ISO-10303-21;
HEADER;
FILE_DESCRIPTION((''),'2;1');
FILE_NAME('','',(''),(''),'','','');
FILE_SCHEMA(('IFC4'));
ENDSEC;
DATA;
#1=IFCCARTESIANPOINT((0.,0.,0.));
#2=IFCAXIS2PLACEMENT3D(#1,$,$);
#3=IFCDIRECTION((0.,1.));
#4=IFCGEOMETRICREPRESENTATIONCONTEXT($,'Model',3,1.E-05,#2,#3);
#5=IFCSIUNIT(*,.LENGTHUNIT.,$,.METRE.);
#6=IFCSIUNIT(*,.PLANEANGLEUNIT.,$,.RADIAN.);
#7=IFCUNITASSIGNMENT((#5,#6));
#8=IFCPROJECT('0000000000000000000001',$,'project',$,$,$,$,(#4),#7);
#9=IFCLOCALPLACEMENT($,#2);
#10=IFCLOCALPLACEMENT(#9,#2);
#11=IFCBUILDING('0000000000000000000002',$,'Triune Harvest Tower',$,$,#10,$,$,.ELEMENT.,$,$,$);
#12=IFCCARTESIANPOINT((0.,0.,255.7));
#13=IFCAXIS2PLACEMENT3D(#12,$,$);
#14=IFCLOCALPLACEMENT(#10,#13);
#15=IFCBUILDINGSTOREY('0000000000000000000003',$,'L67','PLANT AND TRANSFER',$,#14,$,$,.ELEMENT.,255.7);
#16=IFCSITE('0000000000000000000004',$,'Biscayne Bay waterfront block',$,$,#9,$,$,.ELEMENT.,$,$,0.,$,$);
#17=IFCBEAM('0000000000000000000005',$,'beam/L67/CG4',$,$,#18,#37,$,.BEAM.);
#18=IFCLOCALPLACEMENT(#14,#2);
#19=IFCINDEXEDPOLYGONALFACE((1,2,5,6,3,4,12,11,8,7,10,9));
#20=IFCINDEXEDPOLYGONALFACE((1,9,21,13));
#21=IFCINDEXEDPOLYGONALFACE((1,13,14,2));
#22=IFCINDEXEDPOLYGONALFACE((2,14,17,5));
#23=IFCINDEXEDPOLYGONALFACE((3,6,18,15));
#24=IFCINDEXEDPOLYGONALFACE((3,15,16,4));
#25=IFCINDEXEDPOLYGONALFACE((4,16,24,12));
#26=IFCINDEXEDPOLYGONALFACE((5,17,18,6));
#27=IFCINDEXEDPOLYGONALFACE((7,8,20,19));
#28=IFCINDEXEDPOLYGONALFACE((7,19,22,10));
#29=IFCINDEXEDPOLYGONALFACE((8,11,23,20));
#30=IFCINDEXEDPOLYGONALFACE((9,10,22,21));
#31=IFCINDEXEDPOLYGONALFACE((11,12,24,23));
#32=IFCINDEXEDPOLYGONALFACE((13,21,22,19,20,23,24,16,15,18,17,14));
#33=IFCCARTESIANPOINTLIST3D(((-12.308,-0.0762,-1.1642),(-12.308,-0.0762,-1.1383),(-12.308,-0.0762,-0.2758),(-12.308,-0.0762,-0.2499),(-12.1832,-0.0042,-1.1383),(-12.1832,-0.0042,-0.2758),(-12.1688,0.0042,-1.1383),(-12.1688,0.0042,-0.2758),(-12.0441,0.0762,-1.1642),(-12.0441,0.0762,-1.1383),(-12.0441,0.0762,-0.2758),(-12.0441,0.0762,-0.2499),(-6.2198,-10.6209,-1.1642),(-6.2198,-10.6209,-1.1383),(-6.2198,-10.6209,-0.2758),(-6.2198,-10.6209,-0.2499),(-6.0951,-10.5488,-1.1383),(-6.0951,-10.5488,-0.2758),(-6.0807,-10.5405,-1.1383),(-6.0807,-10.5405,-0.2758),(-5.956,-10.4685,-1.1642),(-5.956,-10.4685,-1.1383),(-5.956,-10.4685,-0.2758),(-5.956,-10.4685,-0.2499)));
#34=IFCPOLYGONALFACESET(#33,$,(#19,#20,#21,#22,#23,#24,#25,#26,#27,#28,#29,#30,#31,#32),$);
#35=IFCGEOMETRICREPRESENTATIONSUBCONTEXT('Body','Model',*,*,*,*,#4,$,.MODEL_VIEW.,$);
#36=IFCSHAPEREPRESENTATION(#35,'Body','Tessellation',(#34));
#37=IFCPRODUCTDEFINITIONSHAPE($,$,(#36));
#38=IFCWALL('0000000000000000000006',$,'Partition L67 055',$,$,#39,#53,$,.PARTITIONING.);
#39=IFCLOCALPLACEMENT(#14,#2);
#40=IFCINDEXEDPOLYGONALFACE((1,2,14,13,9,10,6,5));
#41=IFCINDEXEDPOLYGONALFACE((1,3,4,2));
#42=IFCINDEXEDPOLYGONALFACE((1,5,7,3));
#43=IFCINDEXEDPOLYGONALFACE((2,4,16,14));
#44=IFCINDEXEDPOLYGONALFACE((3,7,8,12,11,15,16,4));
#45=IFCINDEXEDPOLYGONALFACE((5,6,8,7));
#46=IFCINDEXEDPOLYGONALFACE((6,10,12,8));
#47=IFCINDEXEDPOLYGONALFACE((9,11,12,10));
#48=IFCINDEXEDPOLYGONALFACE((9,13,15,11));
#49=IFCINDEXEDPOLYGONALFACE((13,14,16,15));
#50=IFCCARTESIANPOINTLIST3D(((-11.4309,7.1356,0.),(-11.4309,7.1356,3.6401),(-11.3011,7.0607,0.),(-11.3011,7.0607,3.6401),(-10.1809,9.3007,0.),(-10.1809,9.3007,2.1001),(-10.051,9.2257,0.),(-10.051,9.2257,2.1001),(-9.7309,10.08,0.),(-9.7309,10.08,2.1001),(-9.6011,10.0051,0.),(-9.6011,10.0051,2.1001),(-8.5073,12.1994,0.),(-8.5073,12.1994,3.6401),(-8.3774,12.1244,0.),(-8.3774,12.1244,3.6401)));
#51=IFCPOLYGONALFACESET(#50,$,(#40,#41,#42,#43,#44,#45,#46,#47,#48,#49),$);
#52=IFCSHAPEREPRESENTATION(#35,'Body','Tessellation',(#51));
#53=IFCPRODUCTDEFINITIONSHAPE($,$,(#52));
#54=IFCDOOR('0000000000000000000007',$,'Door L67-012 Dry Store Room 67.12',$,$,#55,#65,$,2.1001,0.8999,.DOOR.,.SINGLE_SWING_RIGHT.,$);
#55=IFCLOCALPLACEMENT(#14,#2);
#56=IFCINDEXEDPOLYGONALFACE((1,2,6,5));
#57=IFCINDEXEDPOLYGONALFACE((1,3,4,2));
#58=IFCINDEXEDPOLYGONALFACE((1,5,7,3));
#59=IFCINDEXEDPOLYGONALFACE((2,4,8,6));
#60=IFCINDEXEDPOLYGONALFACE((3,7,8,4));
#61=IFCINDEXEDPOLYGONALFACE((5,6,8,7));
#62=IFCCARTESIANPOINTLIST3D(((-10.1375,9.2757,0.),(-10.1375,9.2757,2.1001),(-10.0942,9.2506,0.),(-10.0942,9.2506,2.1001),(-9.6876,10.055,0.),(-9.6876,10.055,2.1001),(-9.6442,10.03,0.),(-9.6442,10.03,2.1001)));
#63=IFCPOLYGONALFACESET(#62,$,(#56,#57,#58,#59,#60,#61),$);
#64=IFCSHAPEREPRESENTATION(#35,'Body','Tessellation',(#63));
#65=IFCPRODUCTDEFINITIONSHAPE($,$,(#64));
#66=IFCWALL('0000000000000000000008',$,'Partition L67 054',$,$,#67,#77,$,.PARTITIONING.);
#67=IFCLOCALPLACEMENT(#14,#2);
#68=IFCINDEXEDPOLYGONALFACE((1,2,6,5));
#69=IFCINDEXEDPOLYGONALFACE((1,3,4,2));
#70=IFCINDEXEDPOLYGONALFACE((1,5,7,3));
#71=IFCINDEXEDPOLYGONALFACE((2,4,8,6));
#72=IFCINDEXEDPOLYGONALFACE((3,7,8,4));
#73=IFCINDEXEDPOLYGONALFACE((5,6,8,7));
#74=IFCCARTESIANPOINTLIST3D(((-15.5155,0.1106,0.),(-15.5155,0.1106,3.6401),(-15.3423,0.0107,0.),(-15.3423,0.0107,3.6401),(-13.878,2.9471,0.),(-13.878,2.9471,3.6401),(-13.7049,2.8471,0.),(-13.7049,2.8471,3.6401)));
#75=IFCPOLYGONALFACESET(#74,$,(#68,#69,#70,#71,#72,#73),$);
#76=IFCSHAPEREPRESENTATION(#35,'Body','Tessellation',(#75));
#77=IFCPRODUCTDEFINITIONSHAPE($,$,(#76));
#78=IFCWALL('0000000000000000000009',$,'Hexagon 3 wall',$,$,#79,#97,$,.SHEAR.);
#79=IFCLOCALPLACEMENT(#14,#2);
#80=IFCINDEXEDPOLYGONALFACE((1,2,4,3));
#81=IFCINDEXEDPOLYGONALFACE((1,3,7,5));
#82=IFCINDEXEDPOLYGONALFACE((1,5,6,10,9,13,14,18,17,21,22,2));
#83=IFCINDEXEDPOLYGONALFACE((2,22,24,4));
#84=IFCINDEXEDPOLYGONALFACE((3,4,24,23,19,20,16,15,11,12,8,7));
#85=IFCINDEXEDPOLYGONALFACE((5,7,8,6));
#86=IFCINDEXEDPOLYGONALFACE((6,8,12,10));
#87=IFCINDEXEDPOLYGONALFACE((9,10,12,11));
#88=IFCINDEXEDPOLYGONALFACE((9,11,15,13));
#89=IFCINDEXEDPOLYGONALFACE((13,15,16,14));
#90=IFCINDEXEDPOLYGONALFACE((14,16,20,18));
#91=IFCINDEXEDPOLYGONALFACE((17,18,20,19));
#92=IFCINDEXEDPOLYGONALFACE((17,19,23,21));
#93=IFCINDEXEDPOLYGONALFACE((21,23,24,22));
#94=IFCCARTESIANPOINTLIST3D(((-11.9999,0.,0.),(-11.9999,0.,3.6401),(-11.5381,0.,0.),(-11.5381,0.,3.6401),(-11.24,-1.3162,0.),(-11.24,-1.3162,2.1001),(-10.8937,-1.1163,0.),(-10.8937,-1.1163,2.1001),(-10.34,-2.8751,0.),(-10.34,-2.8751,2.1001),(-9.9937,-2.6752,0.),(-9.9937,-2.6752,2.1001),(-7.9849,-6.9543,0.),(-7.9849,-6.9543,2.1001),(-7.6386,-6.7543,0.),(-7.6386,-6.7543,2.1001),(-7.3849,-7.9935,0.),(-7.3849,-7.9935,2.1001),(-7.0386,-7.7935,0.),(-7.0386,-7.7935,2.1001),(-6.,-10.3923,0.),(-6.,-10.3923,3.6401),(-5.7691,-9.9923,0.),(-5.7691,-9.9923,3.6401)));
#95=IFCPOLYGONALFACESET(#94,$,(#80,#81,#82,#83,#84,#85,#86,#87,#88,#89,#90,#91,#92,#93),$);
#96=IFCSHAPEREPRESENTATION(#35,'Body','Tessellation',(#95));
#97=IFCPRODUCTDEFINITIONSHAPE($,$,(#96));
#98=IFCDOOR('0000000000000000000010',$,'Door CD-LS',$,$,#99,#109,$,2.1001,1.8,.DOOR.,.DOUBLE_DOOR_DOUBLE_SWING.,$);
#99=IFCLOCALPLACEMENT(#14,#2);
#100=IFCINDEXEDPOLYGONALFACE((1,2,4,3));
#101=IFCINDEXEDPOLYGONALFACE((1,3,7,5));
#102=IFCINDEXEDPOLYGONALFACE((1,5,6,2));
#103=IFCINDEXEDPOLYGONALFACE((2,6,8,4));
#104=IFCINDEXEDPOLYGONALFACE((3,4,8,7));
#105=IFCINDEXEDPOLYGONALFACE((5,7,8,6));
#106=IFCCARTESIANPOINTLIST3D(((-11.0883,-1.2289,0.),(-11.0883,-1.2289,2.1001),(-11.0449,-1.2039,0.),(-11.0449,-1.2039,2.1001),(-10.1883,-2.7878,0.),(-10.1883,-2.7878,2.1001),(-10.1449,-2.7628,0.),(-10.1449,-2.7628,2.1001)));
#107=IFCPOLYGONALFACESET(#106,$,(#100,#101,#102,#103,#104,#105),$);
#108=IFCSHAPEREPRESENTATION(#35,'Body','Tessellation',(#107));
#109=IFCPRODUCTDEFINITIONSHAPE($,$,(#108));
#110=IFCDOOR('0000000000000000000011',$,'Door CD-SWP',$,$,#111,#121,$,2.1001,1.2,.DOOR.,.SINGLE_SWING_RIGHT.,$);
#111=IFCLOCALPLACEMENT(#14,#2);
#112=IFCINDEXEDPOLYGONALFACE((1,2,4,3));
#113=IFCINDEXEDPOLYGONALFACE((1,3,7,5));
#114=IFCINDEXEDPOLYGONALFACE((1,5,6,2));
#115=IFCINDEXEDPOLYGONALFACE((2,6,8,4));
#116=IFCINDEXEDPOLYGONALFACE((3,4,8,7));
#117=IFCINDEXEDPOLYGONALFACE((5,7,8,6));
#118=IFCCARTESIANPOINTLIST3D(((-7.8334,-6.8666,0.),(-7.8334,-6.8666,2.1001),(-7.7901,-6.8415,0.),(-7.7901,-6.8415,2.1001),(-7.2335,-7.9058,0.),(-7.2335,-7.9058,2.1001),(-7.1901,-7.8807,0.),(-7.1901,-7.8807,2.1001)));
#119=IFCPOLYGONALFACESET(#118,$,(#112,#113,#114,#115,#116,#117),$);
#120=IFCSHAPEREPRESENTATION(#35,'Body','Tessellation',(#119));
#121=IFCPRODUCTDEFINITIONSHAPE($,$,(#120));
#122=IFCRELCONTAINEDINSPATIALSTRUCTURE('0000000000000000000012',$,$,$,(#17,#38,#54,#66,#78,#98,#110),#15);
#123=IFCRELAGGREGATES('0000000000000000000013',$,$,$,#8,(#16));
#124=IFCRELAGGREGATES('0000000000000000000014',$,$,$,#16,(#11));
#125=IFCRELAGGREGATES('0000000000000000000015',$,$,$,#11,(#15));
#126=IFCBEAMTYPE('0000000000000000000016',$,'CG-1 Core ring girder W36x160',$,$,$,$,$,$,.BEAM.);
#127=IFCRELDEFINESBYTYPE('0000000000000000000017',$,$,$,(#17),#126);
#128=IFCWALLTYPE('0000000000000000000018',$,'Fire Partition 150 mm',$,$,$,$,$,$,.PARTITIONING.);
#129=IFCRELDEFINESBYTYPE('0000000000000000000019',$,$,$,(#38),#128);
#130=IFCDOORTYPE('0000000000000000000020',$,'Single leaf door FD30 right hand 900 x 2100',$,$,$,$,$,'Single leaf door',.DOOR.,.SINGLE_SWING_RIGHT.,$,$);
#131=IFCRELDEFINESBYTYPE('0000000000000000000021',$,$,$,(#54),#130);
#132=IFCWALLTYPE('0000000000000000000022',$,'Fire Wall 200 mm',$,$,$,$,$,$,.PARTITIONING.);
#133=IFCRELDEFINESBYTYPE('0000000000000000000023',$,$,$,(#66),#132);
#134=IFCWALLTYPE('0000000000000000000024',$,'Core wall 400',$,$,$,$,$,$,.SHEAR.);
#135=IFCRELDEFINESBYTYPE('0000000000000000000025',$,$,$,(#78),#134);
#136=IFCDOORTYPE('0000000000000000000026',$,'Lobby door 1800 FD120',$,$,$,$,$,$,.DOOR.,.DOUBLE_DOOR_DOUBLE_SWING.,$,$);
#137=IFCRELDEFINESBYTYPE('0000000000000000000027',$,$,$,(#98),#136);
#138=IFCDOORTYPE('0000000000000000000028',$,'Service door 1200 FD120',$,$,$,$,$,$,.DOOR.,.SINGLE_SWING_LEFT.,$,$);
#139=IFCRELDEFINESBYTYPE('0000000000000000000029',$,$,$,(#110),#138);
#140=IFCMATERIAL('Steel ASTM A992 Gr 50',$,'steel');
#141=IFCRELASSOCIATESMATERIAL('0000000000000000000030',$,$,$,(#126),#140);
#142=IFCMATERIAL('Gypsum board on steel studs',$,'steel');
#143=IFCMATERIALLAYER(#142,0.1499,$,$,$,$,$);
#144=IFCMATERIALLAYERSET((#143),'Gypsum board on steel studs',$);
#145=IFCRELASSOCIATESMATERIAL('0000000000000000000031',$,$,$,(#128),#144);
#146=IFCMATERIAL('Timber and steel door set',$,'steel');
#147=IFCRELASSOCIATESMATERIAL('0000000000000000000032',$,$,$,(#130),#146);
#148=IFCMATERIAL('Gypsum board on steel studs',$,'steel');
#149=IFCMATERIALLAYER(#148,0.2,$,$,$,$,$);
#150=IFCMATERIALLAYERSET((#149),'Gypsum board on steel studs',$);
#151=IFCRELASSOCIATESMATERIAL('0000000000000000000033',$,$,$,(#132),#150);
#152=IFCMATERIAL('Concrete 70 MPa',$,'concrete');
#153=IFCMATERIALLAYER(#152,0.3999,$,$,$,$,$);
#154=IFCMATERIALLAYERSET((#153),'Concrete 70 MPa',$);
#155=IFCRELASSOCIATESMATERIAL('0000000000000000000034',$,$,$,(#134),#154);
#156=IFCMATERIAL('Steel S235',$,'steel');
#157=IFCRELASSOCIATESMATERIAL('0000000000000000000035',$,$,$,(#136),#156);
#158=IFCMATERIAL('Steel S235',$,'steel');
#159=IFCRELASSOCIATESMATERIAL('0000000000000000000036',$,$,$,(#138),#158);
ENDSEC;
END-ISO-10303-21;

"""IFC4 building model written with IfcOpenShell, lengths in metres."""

from ifc_helpers import new_model, si_unit, direction, frame, frame_2d, origin, origin_2d, place, context, subcontext, project, spatial, polyline, rectangle, i_section, outline, extrude, source, transform, mapped, material, layer, layer_set, material_profile, profile_set, type_object, element, fill, save


model = new_model("IFC4")

# Units and contexts
model_context = context("Model", 3, precision=1e-05, world=origin(), true_north=direction((0.0, 1.0)))
body_context = subcontext(model_context, "Body", "Model", "MODEL_VIEW")
ifc_project = project(units=[si_unit("LENGTHUNIT", "METRE"), si_unit("PLANEANGLEUNIT", "RADIAN")], contexts=[model_context])

# Site, building, storey
site_placement = place(None, origin())
site = spatial("IfcSite", under=ifc_project, at=site_placement, Name="Biscayne Bay waterfront block", CompositionType="ELEMENT", RefElevation=0.0)
building_placement = place(site_placement, origin())
building = spatial("IfcBuilding", under=site, at=building_placement, Name="Triune Harvest Tower", CompositionType="ELEMENT")
storey_placement = place(building_placement, frame((0.0, 0.0, 255.7)))
storey = spatial("IfcBuildingStorey", under=building, at=storey_placement, Name="L67", Description="PLANT AND TRANSFER", CompositionType="ELEMENT", Elevation=255.7)

# Beam
ifc_material_1 = material(Name="Steel ASTM A992 Gr 50", Category="steel")
ifc_material_profile = material_profile(ifc_material_1, i_section(OverallWidth=0.3047, OverallDepth=0.9143, WebThickness=0.0166, FlangeThickness=0.0259, at=origin_2d()), Name="W36x160")
ifc_profile_set = profile_set([ifc_material_profile], Name="Steel ASTM A992 Gr 50")
beam_type = type_object("IfcBeamType", Name="CG-1 Core ring girder W36x160", PredefinedType="BEAM", material=ifc_profile_set)
shared_shape_1 = source(origin(), body_context, "Body", "SweptSolid", [
    extrude(i_section(OverallWidth=0.3047, OverallDepth=0.9143, WebThickness=0.0166, FlangeThickness=0.0259, at=origin_2d()), origin(), (0.0, 0.0, 1.0), 12.176),
])
beam_placement = place(storey_placement, frame((-12.176, 0.0, -0.707), z_axis=(0.50001, -0.86602, 0.0), x_axis=(0.86602, 0.50001, 0.0)))
element("IfcBeam", 1, at=beam_placement, inside=storey, type_object=beam_type, Name="beam/L67/CG4", PredefinedType="BEAM", context=body_context, shape_type="MappedRepresentation", body=[
    mapped(shared_shape_1, transform((0.0, 0.0, 0.0), scale=1.0)),
])

# Wall, opening, door
ifc_material_2 = material(Name="Gypsum board on steel studs", Category="steel")
ifc_layer_1 = layer(ifc_material_2, 0.1499)
ifc_layer_set_1 = layer_set([ifc_layer_1], Name="Gypsum board on steel studs")
wall_type_1 = type_object("IfcWallType", Name="Fire Partition 150 mm", PredefinedType="PARTITIONING", material=ifc_layer_set_1)
wall_1_placement = place(storey_placement, frame((-11.366, 7.0981, 0.0), z_axis=(0.0, 0.0, 1.0), x_axis=(0.500006, 0.866022, 0.0)))
wall_1 = element("IfcWall", 2, at=wall_1_placement, inside=storey, type_object=wall_type_1, Name="Partition L67 055", PredefinedType="PARTITIONING", context=body_context, shape_type="SweptSolid", body=[
    extrude(rectangle(XDim=5.8472, YDim=0.1499, at=frame_2d((2.9236, 0.0))), origin(), (0.0, 0.0, 1.0), 3.6401),
])
opening_1_placement = place(wall_1_placement, frame((2.5, 0.0, 0.0)))
opening_1 = element("IfcOpeningElement", 3, at=opening_1_placement, cuts=wall_1, PredefinedType="OPENING", context=body_context, shape_type="SweptSolid", body=[
    extrude(rectangle(XDim=0.8999, YDim=2.1001, at=frame_2d((0.45, 1.05))), frame((0.0, 0.085, 0.0), z_axis=(0.0, -1.0, 0.0), x_axis=(1.0, 0.0, 0.0)), (0.0, 0.0, 1.0), 0.1699),
])
ifc_material_3 = material(Name="Timber and steel door set", Category="steel")
door_type_1 = type_object("IfcDoorType", Name="Single leaf door FD30 right hand 900 x 2100", ElementType="Single leaf door", OperationType="SINGLE_SWING_RIGHT", PredefinedType="DOOR", material=ifc_material_3)
door_1_placement = place(opening_1_placement, origin())
door_1 = element("IfcDoor", 4, at=door_1_placement, inside=storey, type_object=door_type_1, Name="Door L67-012 Dry Store Room 67.12", OperationType="SINGLE_SWING_RIGHT", OverallHeight=2.1001, OverallWidth=0.8999, PredefinedType="DOOR", context=body_context, shape_type="SweptSolid", body=[
    extrude(rectangle(XDim=0.8999, YDim=2.1001, at=frame_2d((0.45, 1.05))), frame((0.0, 0.0249, 0.0), z_axis=(0.0, -1.0, 0.0), x_axis=(1.0, 0.0, 0.0)), (0.0, 0.0, 1.0), 0.05),
])
fill(opening_1, door_1)

# Wall
ifc_material_4 = material(Name="Gypsum board on steel studs", Category="steel")
ifc_layer_2 = layer(ifc_material_4, 0.2)
ifc_layer_set_2 = layer_set([ifc_layer_2], Name="Gypsum board on steel studs")
wall_type_2 = type_object("IfcWallType", Name="Fire Wall 200 mm", PredefinedType="PARTITIONING", material=ifc_layer_set_2)
wall_2_placement = place(storey_placement, frame((-15.429, 0.0605, 0.0), z_axis=(0.0, 0.0, 1.0), x_axis=(0.499963, 0.866047, 0.0)))
element("IfcWall", 5, at=wall_2_placement, inside=storey, type_object=wall_type_2, Name="Partition L67 054", PredefinedType="PARTITIONING", context=body_context, shape_type="SweptSolid", body=[
    extrude(rectangle(XDim=3.2751, YDim=0.2, at=frame_2d((1.6377, 0.0))), origin(), (0.0, 0.0, 1.0), 3.6401),
])

# Wall, openings, doors
ifc_material_5 = material(Name="Concrete 70 MPa", Category="concrete")
ifc_layer_3 = layer(ifc_material_5, 0.3999)
ifc_layer_set_3 = layer_set([ifc_layer_3], Name="Concrete 70 MPa")
wall_type_3 = type_object("IfcWallType", Name="Core wall 400", PredefinedType="SHEAR", material=ifc_layer_set_3)
shared_shape_2 = source(origin(), body_context, "Body", "SweptSolid", [
    extrude(outline(polyline([(-0.1155, -0.2), (11.8845, -0.2), (11.6536, 0.2), (0.1155, 0.2), (-0.1155, -0.2)])), origin(), (0.0, 0.0, 1.0), 3.6401),
])
wall_3_placement = place(storey_placement, frame((-11.769, 0.0, 0.0), z_axis=(0.0, 0.0, 1.0), x_axis=(0.499997, -0.866027, 0.0)))
wall_3 = element("IfcWall", 6, at=wall_3_placement, inside=storey, type_object=wall_type_3, Name="Hexagon 3 wall", PredefinedType="SHEAR", context=body_context, shape_type="MappedRepresentation", body=[
    mapped(shared_shape_2, transform((0.0, 0.0, 0.0), scale=1.0)),
])
opening_2_placement = place(wall_3_placement, frame((1.4045, 0.0, 0.0)))
opening_2 = element("IfcOpeningElement", 7, at=opening_2_placement, cuts=wall_3, PredefinedType="OPENING", context=body_context, shape_type="SweptSolid", body=[
    extrude(rectangle(XDim=1.8, YDim=2.1001, at=frame_2d((0.8999, 1.05))), frame((0.0, 0.21, 0.0), z_axis=(0.0, -1.0, 0.0), x_axis=(1.0, 0.0, 0.0)), (0.0, 0.0, 1.0), 0.4199),
])
opening_3_placement = place(wall_3_placement, frame((7.9146, 0.0, 0.0)))
opening_3 = element("IfcOpeningElement", 8, at=opening_3_placement, cuts=wall_3, PredefinedType="OPENING", context=body_context, shape_type="SweptSolid", body=[
    extrude(rectangle(XDim=1.2, YDim=2.1001, at=frame_2d((0.6001, 1.05))), frame((0.0, 0.21, 0.0), z_axis=(0.0, -1.0, 0.0), x_axis=(1.0, 0.0, 0.0)), (0.0, 0.0, 1.0), 0.4199),
])
ifc_material_6 = material(Name="Steel S235", Category="steel")
door_type_2 = type_object("IfcDoorType", Name="Lobby door 1800 FD120", OperationType="DOUBLE_DOOR_DOUBLE_SWING", PredefinedType="DOOR", material=ifc_material_6)
door_2_placement = place(opening_2_placement, frame((1.8, 0.0, 0.0), z_axis=(0.0, 0.0, 1.0), x_axis=(-1.0, 0.0, 0.0)))
door_2 = element("IfcDoor", 9, at=door_2_placement, inside=storey, type_object=door_type_2, Name="Door CD-LS", OperationType="DOUBLE_DOOR_DOUBLE_SWING", OverallHeight=2.1001, OverallWidth=1.8, PredefinedType="DOOR", context=body_context, shape_type="SweptSolid", body=[
    extrude(rectangle(XDim=1.8, YDim=2.1001, at=frame_2d((0.8999, 1.05))), frame((0.0, 0.0249, 0.0), z_axis=(0.0, -1.0, 0.0), x_axis=(1.0, 0.0, 0.0)), (0.0, 0.0, 1.0), 0.05),
])
fill(opening_2, door_2)
ifc_material_7 = material(Name="Steel S235", Category="steel")
door_type_3 = type_object("IfcDoorType", Name="Service door 1200 FD120", OperationType="SINGLE_SWING_LEFT", PredefinedType="DOOR", material=ifc_material_7)
door_3_placement = place(opening_3_placement, frame((1.2, 0.0, 0.0), z_axis=(0.0, 0.0, 1.0), x_axis=(-1.0, 0.0, 0.0)))
door_3 = element("IfcDoor", 10, at=door_3_placement, inside=storey, type_object=door_type_3, Name="Door CD-SWP", OperationType="SINGLE_SWING_RIGHT", OverallHeight=2.1001, OverallWidth=1.2, PredefinedType="DOOR", context=body_context, shape_type="SweptSolid", body=[
    extrude(rectangle(XDim=1.2, YDim=2.1001, at=frame_2d((0.6001, 1.05))), frame((0.0, 0.0249, 0.0), z_axis=(0.0, -1.0, 0.0), x_axis=(1.0, 0.0, 0.0)), (0.0, 0.0, 1.0), 0.05),
])
fill(opening_3, door_3)

save(model, "model.ifc")
